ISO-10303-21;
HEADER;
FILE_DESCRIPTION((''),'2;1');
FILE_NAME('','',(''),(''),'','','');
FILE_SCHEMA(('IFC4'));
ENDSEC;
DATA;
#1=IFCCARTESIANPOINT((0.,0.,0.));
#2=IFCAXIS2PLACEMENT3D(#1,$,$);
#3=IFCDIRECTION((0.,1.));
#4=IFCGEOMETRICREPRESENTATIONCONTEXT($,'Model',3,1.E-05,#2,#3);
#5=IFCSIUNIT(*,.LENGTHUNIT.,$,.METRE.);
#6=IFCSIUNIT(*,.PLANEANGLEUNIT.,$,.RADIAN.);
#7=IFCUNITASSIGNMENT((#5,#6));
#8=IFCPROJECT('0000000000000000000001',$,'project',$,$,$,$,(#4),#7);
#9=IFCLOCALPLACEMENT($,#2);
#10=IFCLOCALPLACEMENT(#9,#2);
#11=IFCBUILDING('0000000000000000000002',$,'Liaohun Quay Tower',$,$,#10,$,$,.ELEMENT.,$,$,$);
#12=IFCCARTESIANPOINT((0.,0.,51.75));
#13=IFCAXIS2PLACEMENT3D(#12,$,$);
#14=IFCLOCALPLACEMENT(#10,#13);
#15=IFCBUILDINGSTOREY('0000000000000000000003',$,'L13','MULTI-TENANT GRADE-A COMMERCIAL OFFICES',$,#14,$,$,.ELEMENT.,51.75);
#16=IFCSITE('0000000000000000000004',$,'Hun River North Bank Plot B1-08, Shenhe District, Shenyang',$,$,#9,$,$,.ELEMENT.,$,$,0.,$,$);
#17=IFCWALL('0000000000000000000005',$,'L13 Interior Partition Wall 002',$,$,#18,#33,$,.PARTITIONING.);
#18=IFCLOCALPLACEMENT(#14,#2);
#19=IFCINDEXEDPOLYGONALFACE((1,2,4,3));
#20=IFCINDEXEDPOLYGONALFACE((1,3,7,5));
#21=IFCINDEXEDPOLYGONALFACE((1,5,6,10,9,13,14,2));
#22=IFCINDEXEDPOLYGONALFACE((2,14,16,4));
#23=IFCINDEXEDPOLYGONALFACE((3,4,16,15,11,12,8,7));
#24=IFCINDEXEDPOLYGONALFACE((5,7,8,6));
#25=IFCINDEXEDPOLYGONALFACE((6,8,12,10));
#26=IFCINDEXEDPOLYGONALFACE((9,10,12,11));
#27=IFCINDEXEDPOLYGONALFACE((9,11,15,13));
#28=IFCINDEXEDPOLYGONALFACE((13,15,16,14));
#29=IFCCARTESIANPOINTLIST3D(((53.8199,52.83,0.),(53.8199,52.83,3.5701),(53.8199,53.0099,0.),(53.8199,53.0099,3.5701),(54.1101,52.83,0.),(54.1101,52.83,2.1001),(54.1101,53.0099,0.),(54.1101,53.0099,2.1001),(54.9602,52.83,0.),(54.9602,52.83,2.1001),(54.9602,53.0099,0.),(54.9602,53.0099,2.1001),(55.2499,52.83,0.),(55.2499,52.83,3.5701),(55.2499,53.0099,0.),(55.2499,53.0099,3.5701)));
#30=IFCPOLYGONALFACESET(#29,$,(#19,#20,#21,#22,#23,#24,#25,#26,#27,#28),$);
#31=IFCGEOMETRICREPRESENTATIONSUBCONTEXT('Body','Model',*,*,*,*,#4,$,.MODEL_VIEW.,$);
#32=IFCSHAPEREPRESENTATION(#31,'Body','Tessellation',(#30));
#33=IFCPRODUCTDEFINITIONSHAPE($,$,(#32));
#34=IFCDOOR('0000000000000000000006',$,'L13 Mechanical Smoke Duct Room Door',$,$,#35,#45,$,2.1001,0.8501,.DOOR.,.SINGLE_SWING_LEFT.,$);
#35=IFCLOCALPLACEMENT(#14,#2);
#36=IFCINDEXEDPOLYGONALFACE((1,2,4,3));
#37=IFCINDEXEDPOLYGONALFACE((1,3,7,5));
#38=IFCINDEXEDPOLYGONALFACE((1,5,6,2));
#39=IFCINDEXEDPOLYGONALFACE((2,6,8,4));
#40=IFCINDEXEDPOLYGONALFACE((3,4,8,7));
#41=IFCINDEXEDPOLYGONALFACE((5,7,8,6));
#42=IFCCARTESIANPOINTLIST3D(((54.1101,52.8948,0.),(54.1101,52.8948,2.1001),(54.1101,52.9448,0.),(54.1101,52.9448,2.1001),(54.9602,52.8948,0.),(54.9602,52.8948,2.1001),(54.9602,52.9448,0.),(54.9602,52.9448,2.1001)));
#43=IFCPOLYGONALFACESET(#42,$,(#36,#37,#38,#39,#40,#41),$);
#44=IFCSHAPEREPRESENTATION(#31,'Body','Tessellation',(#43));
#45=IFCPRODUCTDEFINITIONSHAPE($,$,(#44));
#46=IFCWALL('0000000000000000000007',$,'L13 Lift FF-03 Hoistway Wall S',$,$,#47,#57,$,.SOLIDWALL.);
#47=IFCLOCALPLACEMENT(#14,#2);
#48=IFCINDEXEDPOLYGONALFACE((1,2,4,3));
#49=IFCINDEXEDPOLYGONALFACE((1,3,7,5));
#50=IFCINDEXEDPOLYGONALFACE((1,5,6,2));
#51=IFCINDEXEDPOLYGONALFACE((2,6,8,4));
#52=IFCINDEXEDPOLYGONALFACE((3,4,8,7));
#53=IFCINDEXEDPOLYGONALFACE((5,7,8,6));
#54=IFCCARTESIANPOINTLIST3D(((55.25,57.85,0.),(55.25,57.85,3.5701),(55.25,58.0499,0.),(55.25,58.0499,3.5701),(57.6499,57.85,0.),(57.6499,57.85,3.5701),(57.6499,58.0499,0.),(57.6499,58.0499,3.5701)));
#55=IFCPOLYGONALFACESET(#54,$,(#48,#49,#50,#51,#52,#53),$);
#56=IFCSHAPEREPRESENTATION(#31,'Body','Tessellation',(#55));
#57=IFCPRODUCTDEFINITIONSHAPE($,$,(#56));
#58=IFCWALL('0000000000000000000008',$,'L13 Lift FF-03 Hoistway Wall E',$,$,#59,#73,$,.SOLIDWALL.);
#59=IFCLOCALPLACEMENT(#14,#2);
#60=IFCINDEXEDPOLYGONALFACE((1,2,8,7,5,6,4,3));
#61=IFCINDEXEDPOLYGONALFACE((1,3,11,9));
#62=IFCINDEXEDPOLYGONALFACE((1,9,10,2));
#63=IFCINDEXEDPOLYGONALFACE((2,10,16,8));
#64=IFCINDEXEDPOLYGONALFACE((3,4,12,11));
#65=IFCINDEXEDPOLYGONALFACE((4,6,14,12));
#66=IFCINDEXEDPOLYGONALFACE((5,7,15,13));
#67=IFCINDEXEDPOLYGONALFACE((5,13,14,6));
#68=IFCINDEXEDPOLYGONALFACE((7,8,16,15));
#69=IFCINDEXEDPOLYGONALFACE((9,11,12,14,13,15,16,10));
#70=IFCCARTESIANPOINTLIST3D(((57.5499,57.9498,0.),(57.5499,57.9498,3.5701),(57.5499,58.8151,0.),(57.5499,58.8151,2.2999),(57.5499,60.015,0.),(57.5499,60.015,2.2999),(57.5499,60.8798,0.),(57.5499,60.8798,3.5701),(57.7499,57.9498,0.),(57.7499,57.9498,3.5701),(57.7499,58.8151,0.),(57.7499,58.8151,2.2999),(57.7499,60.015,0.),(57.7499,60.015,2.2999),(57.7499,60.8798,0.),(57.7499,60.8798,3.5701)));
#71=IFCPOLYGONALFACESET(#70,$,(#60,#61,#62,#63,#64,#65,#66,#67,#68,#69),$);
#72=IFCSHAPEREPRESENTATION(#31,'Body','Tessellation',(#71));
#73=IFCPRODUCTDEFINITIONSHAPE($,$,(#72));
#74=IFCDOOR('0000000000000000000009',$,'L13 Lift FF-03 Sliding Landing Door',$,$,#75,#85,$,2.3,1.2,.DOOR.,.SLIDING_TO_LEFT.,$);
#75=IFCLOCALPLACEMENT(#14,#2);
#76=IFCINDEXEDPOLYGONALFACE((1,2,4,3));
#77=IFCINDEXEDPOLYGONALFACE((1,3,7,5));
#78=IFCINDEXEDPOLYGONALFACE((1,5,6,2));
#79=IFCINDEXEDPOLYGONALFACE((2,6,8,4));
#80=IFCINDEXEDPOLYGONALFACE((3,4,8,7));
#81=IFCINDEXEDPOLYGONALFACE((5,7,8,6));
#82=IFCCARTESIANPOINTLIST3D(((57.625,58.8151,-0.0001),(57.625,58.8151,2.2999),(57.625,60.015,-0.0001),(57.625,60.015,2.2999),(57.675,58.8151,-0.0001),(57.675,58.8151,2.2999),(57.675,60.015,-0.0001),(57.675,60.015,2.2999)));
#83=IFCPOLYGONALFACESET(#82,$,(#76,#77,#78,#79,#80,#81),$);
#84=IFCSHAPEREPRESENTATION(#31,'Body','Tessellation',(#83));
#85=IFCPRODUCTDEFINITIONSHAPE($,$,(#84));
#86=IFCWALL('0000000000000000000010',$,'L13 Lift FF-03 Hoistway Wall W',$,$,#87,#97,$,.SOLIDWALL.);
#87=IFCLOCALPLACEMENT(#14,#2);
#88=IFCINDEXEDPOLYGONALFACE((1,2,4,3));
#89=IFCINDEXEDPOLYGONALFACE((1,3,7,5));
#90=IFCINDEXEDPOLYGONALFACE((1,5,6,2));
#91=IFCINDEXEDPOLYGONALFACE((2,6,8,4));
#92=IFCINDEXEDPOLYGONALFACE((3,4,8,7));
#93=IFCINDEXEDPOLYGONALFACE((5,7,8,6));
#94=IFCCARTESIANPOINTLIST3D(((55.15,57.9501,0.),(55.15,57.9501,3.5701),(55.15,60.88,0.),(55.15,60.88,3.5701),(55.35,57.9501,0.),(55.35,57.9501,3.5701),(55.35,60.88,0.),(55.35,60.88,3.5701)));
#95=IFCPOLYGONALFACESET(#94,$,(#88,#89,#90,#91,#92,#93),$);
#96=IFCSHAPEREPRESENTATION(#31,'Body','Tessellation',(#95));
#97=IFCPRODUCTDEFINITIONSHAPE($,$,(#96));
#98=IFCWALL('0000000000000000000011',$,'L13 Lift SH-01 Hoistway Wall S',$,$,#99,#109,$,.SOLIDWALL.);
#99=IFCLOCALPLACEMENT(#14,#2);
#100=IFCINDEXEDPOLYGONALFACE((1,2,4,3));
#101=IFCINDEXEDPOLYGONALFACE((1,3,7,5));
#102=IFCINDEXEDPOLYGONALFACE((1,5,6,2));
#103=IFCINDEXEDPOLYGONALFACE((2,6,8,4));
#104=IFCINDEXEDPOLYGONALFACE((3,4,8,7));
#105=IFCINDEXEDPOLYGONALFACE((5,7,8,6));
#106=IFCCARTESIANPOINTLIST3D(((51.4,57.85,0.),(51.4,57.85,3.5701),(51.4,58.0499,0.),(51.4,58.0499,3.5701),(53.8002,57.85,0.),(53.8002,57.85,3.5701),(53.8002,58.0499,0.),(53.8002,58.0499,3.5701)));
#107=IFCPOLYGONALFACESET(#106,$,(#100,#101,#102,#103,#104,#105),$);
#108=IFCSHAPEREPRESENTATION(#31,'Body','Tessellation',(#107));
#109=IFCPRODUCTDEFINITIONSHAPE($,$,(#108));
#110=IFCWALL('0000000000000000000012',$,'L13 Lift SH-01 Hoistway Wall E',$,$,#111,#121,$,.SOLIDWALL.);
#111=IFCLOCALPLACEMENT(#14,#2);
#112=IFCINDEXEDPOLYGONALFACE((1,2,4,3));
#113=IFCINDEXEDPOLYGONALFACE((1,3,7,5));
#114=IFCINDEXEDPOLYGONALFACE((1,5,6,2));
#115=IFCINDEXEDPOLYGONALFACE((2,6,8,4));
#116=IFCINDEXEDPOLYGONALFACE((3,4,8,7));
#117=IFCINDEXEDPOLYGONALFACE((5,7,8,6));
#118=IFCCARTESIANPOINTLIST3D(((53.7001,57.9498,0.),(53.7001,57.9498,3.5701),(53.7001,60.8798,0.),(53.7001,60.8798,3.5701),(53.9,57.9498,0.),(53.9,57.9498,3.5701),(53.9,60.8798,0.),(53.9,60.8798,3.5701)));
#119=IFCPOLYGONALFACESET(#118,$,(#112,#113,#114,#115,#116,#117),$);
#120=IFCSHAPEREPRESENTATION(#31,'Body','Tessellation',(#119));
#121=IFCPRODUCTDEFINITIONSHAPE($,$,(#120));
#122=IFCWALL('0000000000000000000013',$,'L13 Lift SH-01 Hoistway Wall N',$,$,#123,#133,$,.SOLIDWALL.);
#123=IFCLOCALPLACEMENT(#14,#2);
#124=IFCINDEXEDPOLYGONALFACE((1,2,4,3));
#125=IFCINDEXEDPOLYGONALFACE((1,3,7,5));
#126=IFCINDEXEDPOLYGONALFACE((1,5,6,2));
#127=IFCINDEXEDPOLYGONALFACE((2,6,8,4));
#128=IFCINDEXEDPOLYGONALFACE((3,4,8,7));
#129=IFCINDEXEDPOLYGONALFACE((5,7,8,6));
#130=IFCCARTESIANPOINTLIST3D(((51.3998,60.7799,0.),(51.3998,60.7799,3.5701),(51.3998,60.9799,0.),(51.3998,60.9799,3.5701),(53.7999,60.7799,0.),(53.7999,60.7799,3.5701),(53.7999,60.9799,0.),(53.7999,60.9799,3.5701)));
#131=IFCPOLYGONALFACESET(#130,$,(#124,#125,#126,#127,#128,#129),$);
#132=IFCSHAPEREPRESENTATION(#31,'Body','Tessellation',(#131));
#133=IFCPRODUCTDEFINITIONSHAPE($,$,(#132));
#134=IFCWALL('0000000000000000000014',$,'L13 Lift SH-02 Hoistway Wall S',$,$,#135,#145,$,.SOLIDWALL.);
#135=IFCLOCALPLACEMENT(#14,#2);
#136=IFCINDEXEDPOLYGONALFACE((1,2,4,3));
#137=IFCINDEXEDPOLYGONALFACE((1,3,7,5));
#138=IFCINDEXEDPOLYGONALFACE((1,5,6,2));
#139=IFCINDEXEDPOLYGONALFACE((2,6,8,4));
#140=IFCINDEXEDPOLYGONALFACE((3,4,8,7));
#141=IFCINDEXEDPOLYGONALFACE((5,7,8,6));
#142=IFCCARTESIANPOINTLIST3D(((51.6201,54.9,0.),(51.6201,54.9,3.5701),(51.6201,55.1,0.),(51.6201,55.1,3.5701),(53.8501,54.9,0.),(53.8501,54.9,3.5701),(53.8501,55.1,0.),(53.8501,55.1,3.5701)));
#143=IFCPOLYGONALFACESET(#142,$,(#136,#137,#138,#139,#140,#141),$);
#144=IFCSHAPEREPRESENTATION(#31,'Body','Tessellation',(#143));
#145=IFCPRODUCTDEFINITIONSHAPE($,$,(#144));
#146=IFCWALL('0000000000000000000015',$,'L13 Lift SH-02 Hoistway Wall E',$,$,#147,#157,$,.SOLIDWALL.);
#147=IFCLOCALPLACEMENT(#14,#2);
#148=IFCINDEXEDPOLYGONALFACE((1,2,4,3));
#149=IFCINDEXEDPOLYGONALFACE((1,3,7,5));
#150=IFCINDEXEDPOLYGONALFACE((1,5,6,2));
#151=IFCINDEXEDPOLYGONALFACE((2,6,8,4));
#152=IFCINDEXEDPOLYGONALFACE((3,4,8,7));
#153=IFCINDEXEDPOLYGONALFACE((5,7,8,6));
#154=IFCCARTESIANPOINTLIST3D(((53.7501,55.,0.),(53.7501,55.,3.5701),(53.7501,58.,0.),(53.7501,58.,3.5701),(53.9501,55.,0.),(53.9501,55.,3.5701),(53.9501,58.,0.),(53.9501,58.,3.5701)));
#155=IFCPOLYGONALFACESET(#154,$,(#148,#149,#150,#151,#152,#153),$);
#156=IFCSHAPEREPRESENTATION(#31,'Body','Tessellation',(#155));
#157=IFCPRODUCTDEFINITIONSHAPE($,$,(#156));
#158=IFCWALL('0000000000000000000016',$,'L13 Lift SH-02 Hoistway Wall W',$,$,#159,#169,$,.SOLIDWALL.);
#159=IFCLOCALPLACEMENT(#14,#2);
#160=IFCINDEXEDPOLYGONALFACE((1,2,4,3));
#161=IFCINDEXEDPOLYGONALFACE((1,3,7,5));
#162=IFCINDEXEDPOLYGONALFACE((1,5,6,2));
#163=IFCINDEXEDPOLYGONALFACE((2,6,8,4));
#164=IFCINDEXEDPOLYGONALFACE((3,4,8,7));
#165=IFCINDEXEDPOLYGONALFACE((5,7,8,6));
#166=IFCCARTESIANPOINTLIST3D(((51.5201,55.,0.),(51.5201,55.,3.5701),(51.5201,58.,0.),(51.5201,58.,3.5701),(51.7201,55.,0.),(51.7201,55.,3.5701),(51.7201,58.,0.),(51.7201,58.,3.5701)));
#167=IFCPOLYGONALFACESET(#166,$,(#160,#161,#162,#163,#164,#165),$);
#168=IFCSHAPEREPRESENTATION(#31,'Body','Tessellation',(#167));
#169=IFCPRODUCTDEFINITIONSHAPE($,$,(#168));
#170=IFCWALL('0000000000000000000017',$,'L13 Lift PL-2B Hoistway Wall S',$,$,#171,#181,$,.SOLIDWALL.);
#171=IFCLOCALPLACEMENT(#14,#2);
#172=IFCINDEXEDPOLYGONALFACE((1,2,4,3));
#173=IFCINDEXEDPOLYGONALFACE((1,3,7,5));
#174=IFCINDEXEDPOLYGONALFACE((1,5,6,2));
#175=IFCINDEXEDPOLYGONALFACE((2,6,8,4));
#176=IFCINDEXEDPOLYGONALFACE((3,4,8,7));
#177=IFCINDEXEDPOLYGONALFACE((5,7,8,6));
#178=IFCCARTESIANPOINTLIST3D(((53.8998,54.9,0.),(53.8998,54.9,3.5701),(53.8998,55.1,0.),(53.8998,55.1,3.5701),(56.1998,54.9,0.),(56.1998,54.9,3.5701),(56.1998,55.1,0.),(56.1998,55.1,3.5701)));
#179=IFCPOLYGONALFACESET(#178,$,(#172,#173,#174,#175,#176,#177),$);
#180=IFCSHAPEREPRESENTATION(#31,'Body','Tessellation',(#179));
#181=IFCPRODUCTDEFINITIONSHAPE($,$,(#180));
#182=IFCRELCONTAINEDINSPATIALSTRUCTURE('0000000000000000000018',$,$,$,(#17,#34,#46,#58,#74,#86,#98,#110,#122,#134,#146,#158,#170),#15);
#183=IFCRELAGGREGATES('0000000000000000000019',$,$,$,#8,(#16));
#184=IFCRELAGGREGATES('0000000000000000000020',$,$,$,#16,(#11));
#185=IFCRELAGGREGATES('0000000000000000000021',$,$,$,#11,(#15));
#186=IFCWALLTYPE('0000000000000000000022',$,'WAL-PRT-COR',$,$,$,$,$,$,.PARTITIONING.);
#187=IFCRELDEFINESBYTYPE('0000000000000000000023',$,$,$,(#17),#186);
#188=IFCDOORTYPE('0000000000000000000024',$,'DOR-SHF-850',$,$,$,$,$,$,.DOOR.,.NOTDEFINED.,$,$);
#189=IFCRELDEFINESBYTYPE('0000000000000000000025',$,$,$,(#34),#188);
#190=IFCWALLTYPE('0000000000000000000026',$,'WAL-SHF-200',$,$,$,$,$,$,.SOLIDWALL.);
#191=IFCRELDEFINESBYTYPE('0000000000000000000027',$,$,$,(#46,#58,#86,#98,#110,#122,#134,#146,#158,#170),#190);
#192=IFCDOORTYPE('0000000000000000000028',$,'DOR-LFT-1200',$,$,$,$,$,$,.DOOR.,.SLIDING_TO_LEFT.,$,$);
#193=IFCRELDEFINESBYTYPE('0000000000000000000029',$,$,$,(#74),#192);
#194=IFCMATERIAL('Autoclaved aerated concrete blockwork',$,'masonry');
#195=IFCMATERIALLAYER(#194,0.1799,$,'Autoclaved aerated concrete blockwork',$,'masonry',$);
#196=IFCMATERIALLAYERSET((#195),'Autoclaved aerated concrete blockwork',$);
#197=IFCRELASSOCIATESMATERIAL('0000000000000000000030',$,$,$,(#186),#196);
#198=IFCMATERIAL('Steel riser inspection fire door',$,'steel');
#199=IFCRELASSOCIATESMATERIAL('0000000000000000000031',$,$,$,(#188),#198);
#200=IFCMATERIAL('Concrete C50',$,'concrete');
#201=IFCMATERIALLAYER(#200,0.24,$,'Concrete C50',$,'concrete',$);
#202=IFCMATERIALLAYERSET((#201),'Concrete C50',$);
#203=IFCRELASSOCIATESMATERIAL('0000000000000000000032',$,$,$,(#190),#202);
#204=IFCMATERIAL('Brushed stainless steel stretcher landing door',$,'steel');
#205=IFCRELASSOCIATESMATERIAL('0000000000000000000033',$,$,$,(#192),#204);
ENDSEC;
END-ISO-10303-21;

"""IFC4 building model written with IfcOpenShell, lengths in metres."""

from ifc_helpers import new_model, si_unit, direction, frame, frame_2d, origin, place, context, subcontext, project, spatial, rectangle, extrude, source, transform, mapped, material, layer, layer_set, type_object, element, fill, save


model = new_model("IFC4")

# Units and contexts
model_context = context("Model", 3, precision=1e-05, world=origin(), true_north=direction((0.0, 1.0)))
body_context = subcontext(model_context, "Body", "Model", "MODEL_VIEW")
ifc_project = project(units=[si_unit("LENGTHUNIT", "METRE"), si_unit("PLANEANGLEUNIT", "RADIAN")], contexts=[model_context])

# Site, building, storey
site_placement = place(None, origin())
site = spatial("IfcSite", under=ifc_project, at=site_placement, Name="Hun River North Bank Plot B1-08, Shenhe District, Shenyang", CompositionType="ELEMENT", RefElevation=0.0)
building_placement = place(site_placement, origin())
building = spatial("IfcBuilding", under=site, at=building_placement, Name="Liaohun Quay Tower", CompositionType="ELEMENT")
storey_placement = place(building_placement, frame((0.0, 0.0, 51.75)))
storey = spatial("IfcBuildingStorey", under=building, at=storey_placement, Name="L13", Description="MULTI-TENANT GRADE-A COMMERCIAL OFFICES", CompositionType="ELEMENT", Elevation=51.75)

# Wall, opening, door
ifc_material_1 = material(Name="Autoclaved aerated concrete blockwork", Category="masonry")
ifc_layer_1 = layer(ifc_material_1, 0.1799, Name="Autoclaved aerated concrete blockwork", Category="masonry")
ifc_layer_set_1 = layer_set([ifc_layer_1], Name="Autoclaved aerated concrete blockwork")
wall_type_1 = type_object("IfcWallType", Name="WAL-PRT-COR", PredefinedType="PARTITIONING", material=ifc_layer_set_1)
wall_1_placement = place(storey_placement, frame((53.8201, 52.9199, 0.0), z_axis=(0.0, 0.0, 1.0), x_axis=(1.0, 0.0, 0.0)))
wall_1 = element("IfcWall", 1, at=wall_1_placement, inside=storey, type_object=wall_type_1, Name="L13 Interior Partition Wall 002", PredefinedType="PARTITIONING", context=body_context, shape_type="SweptSolid", body=[
    extrude(rectangle(XDim=1.4299, YDim=0.1799, at=frame_2d((0.7148, 0.0))), origin(), (0.0, 0.0, 1.0), 3.5701),
])
shared_shape_1 = source(origin(), body_context, "Body", "SweptSolid", [
    extrude(rectangle(XDim=0.8501, YDim=2.1001, at=frame_2d((0.425, 1.05))), frame((0.0, 0.0999, 0.0), z_axis=(0.0, -1.0, 0.0), x_axis=(1.0, 0.0, 0.0)), (0.0, 0.0, 1.0), 0.2),
])
opening_1_placement = place(wall_1_placement, frame((0.29, 0.0, 0.0)))
opening_1 = element("IfcOpeningElement", 2, at=opening_1_placement, cuts=wall_1, PredefinedType="OPENING", context=body_context, shape_type="MappedRepresentation", body=[
    mapped(shared_shape_1, transform((0.0, 0.0, 0.0), x_axis=(1.0, 0.0, 0.0), y_axis=(0.0, 1.0, 0.0), z_axis=(0.0, 0.0, 1.0), scale=1.0)),
])
ifc_material_2 = material(Name="Steel riser inspection fire door", Category="steel")
door_type_1 = type_object("IfcDoorType", Name="DOR-SHF-850", OperationType="NOTDEFINED", PredefinedType="DOOR", material=ifc_material_2)
shared_shape_2 = source(origin(), body_context, "Body", "SweptSolid", [
    extrude(rectangle(XDim=0.8501, YDim=2.1001, at=frame_2d((0.425, 1.05))), frame((0.0, 0.0249, 0.0), z_axis=(0.0, -1.0, 0.0), x_axis=(1.0, 0.0, 0.0)), (0.0, 0.0, 1.0), 0.05),
])
door_1_placement = place(opening_1_placement, origin())
door_1 = element("IfcDoor", 3, at=door_1_placement, inside=storey, type_object=door_type_1, Name="L13 Mechanical Smoke Duct Room Door", OperationType="SINGLE_SWING_LEFT", OverallHeight=2.1001, OverallWidth=0.8501, PredefinedType="DOOR", context=body_context, shape_type="MappedRepresentation", body=[
    mapped(shared_shape_2, transform((0.0, 0.0, 0.0), x_axis=(1.0, 0.0, 0.0), y_axis=(0.0, 1.0, 0.0), z_axis=(0.0, 0.0, 1.0), scale=1.0)),
])
fill(opening_1, door_1)

# Wall
ifc_material_3 = material(Name="Concrete C50", Category="concrete")
ifc_layer_2 = layer(ifc_material_3, 0.24, Name="Concrete C50", Category="concrete")
ifc_layer_set_2 = layer_set([ifc_layer_2], Name="Concrete C50")
wall_type_2 = type_object("IfcWallType", Name="WAL-SHF-200", PredefinedType="SOLIDWALL", material=ifc_layer_set_2)
wall_2_placement = place(storey_placement, frame((55.25, 57.95, 0.0), z_axis=(0.0, 0.0, 1.0), x_axis=(1.0, 0.0, 0.0)))
element("IfcWall", 4, at=wall_2_placement, inside=storey, type_object=wall_type_2, Name="L13 Lift FF-03 Hoistway Wall S", PredefinedType="SOLIDWALL", context=body_context, shape_type="SweptSolid", body=[
    extrude(rectangle(XDim=2.3999, YDim=0.2, at=frame_2d((1.2, 0.0))), origin(), (0.0, 0.0, 1.0), 3.5701),
])

# Wall, opening, door
wall_3_placement = place(storey_placement, frame((57.6499, 57.95, 0.0), z_axis=(0.0, 0.0, 1.0), x_axis=(0.0, 1.0, 0.0)))
wall_3 = element("IfcWall", 5, at=wall_3_placement, inside=storey, type_object=wall_type_2, Name="L13 Lift FF-03 Hoistway Wall E", PredefinedType="SOLIDWALL", context=body_context, shape_type="SweptSolid", body=[
    extrude(rectangle(XDim=2.9299, YDim=0.2, at=frame_2d((1.4648, 0.0))), origin(), (0.0, 0.0, 1.0), 3.5701),
])
shared_shape_3 = source(origin(), body_context, "Body", "SweptSolid", [
    extrude(rectangle(XDim=1.2, YDim=2.3, at=frame_2d((0.6001, 1.1499))), frame((0.0, 0.1099, 0.0), z_axis=(0.0, -1.0, 0.0), x_axis=(1.0, 0.0, 0.0)), (0.0, 0.0, 1.0), 0.22),
])
opening_2_placement = place(wall_3_placement, frame((0.865, 0.0, 0.0)))
opening_2 = element("IfcOpeningElement", 6, at=opening_2_placement, cuts=wall_3, PredefinedType="OPENING", context=body_context, shape_type="MappedRepresentation", body=[
    mapped(shared_shape_3, transform((0.0, 0.0, 0.0), x_axis=(1.0, 0.0, 0.0), y_axis=(0.0, 1.0, 0.0), z_axis=(0.0, 0.0, 1.0), scale=1.0)),
])
ifc_material_4 = material(Name="Brushed stainless steel stretcher landing door", Category="steel")
door_type_2 = type_object("IfcDoorType", Name="DOR-LFT-1200", OperationType="SLIDING_TO_LEFT", PredefinedType="DOOR", material=ifc_material_4)
shared_shape_4 = source(origin(), body_context, "Body", "SweptSolid", [
    extrude(rectangle(XDim=1.2, YDim=2.3, at=frame_2d((0.6001, 1.1499))), frame((0.0, 0.0249, 0.0), z_axis=(0.0, -1.0, 0.0), x_axis=(1.0, 0.0, 0.0)), (0.0, 0.0, 1.0), 0.05),
])
door_2_placement = place(opening_2_placement, origin())
door_2 = element("IfcDoor", 7, at=door_2_placement, inside=storey, type_object=door_type_2, Name="L13 Lift FF-03 Sliding Landing Door", OperationType="SLIDING_TO_LEFT", OverallHeight=2.3, OverallWidth=1.2, PredefinedType="DOOR", context=body_context, shape_type="MappedRepresentation", body=[
    mapped(shared_shape_4, transform((0.0, 0.0, 0.0), x_axis=(1.0, 0.0, 0.0), y_axis=(0.0, 1.0, 0.0), z_axis=(0.0, 0.0, 1.0), scale=1.0)),
])
fill(opening_2, door_2)

# Walls
wall_4_placement = place(storey_placement, frame((55.25, 60.8799, 0.0), z_axis=(0.0, 0.0, 1.0), x_axis=(0.0, -1.0, 0.0)))
element("IfcWall", 8, at=wall_4_placement, inside=storey, type_object=wall_type_2, Name="L13 Lift FF-03 Hoistway Wall W", PredefinedType="SOLIDWALL", context=body_context, shape_type="SweptSolid", body=[
    extrude(rectangle(XDim=2.9299, YDim=0.2, at=frame_2d((1.4648, 0.0))), origin(), (0.0, 0.0, 1.0), 3.5701),
])
wall_5_placement = place(storey_placement, frame((51.3999, 57.95, 0.0), z_axis=(0.0, 0.0, 1.0), x_axis=(1.0, 0.0, 0.0)))
element("IfcWall", 9, at=wall_5_placement, inside=storey, type_object=wall_type_2, Name="L13 Lift SH-01 Hoistway Wall S", PredefinedType="SOLIDWALL", context=body_context, shape_type="SweptSolid", body=[
    extrude(rectangle(XDim=2.4001, YDim=0.2, at=frame_2d((1.2002, 0.0))), origin(), (0.0, 0.0, 1.0), 3.5701),
])
wall_6_placement = place(storey_placement, frame((53.8, 57.95, 0.0), z_axis=(0.0, 0.0, 1.0), x_axis=(0.0, 1.0, 0.0)))
element("IfcWall", 10, at=wall_6_placement, inside=storey, type_object=wall_type_2, Name="L13 Lift SH-01 Hoistway Wall E", PredefinedType="SOLIDWALL", context=body_context, shape_type="SweptSolid", body=[
    extrude(rectangle(XDim=2.9299, YDim=0.2, at=frame_2d((1.4648, 0.0))), origin(), (0.0, 0.0, 1.0), 3.5701),
])
wall_7_placement = place(storey_placement, frame((53.8, 60.8799, 0.0), z_axis=(0.0, 0.0, 1.0), x_axis=(-1.0, 0.0, 0.0)))
element("IfcWall", 11, at=wall_7_placement, inside=storey, type_object=wall_type_2, Name="L13 Lift SH-01 Hoistway Wall N", PredefinedType="SOLIDWALL", context=body_context, shape_type="SweptSolid", body=[
    extrude(rectangle(XDim=2.4001, YDim=0.2, at=frame_2d((1.2002, 0.0))), origin(), (0.0, 0.0, 1.0), 3.5701),
])
wall_8_placement = place(storey_placement, frame((51.6201, 55.0, 0.0), z_axis=(0.0, 0.0, 1.0), x_axis=(1.0, 0.0, 0.0)))
element("IfcWall", 12, at=wall_8_placement, inside=storey, type_object=wall_type_2, Name="L13 Lift SH-02 Hoistway Wall S", PredefinedType="SOLIDWALL", context=body_context, shape_type="SweptSolid", body=[
    extrude(rectangle(XDim=2.23, YDim=0.2, at=frame_2d((1.115, 0.0))), origin(), (0.0, 0.0, 1.0), 3.5701),
])
for number, where, z_axis, x_axis, name in (
    (13, (53.8501, 55.0, 0.0), (0.0, 0.0, 1.0), (0.0, 1.0, 0.0), "L13 Lift SH-02 Hoistway Wall E"),
    (14, (51.6201, 58.0, 0.0), (0.0, 0.0, 1.0), (0.0, -1.0, 0.0), "L13 Lift SH-02 Hoistway Wall W"),
):
    element("IfcWall", number, at=place(storey_placement, frame(where, z_axis=z_axis, x_axis=x_axis)), inside=storey, type_object=wall_type_2, Name=name, PredefinedType="SOLIDWALL", context=body_context, shape_type="SweptSolid", body=[
        extrude(rectangle(XDim=3.0, YDim=0.2, at=frame_2d((1.5, 0.0))), origin(), (0.0, 0.0, 1.0), 3.5701),
    ])
wall_9_placement = place(storey_placement, frame((53.8999, 55.0, 0.0), z_axis=(0.0, 0.0, 1.0), x_axis=(1.0, 0.0, 0.0)))
element("IfcWall", 15, at=wall_9_placement, inside=storey, type_object=wall_type_2, Name="L13 Lift PL-2B Hoistway Wall S", PredefinedType="SOLIDWALL", context=body_context, shape_type="SweptSolid", body=[
    extrude(rectangle(XDim=2.3, YDim=0.2, at=frame_2d((1.1499, 0.0))), origin(), (0.0, 0.0, 1.0), 3.5701),
])

save(model, "model.ifc")
